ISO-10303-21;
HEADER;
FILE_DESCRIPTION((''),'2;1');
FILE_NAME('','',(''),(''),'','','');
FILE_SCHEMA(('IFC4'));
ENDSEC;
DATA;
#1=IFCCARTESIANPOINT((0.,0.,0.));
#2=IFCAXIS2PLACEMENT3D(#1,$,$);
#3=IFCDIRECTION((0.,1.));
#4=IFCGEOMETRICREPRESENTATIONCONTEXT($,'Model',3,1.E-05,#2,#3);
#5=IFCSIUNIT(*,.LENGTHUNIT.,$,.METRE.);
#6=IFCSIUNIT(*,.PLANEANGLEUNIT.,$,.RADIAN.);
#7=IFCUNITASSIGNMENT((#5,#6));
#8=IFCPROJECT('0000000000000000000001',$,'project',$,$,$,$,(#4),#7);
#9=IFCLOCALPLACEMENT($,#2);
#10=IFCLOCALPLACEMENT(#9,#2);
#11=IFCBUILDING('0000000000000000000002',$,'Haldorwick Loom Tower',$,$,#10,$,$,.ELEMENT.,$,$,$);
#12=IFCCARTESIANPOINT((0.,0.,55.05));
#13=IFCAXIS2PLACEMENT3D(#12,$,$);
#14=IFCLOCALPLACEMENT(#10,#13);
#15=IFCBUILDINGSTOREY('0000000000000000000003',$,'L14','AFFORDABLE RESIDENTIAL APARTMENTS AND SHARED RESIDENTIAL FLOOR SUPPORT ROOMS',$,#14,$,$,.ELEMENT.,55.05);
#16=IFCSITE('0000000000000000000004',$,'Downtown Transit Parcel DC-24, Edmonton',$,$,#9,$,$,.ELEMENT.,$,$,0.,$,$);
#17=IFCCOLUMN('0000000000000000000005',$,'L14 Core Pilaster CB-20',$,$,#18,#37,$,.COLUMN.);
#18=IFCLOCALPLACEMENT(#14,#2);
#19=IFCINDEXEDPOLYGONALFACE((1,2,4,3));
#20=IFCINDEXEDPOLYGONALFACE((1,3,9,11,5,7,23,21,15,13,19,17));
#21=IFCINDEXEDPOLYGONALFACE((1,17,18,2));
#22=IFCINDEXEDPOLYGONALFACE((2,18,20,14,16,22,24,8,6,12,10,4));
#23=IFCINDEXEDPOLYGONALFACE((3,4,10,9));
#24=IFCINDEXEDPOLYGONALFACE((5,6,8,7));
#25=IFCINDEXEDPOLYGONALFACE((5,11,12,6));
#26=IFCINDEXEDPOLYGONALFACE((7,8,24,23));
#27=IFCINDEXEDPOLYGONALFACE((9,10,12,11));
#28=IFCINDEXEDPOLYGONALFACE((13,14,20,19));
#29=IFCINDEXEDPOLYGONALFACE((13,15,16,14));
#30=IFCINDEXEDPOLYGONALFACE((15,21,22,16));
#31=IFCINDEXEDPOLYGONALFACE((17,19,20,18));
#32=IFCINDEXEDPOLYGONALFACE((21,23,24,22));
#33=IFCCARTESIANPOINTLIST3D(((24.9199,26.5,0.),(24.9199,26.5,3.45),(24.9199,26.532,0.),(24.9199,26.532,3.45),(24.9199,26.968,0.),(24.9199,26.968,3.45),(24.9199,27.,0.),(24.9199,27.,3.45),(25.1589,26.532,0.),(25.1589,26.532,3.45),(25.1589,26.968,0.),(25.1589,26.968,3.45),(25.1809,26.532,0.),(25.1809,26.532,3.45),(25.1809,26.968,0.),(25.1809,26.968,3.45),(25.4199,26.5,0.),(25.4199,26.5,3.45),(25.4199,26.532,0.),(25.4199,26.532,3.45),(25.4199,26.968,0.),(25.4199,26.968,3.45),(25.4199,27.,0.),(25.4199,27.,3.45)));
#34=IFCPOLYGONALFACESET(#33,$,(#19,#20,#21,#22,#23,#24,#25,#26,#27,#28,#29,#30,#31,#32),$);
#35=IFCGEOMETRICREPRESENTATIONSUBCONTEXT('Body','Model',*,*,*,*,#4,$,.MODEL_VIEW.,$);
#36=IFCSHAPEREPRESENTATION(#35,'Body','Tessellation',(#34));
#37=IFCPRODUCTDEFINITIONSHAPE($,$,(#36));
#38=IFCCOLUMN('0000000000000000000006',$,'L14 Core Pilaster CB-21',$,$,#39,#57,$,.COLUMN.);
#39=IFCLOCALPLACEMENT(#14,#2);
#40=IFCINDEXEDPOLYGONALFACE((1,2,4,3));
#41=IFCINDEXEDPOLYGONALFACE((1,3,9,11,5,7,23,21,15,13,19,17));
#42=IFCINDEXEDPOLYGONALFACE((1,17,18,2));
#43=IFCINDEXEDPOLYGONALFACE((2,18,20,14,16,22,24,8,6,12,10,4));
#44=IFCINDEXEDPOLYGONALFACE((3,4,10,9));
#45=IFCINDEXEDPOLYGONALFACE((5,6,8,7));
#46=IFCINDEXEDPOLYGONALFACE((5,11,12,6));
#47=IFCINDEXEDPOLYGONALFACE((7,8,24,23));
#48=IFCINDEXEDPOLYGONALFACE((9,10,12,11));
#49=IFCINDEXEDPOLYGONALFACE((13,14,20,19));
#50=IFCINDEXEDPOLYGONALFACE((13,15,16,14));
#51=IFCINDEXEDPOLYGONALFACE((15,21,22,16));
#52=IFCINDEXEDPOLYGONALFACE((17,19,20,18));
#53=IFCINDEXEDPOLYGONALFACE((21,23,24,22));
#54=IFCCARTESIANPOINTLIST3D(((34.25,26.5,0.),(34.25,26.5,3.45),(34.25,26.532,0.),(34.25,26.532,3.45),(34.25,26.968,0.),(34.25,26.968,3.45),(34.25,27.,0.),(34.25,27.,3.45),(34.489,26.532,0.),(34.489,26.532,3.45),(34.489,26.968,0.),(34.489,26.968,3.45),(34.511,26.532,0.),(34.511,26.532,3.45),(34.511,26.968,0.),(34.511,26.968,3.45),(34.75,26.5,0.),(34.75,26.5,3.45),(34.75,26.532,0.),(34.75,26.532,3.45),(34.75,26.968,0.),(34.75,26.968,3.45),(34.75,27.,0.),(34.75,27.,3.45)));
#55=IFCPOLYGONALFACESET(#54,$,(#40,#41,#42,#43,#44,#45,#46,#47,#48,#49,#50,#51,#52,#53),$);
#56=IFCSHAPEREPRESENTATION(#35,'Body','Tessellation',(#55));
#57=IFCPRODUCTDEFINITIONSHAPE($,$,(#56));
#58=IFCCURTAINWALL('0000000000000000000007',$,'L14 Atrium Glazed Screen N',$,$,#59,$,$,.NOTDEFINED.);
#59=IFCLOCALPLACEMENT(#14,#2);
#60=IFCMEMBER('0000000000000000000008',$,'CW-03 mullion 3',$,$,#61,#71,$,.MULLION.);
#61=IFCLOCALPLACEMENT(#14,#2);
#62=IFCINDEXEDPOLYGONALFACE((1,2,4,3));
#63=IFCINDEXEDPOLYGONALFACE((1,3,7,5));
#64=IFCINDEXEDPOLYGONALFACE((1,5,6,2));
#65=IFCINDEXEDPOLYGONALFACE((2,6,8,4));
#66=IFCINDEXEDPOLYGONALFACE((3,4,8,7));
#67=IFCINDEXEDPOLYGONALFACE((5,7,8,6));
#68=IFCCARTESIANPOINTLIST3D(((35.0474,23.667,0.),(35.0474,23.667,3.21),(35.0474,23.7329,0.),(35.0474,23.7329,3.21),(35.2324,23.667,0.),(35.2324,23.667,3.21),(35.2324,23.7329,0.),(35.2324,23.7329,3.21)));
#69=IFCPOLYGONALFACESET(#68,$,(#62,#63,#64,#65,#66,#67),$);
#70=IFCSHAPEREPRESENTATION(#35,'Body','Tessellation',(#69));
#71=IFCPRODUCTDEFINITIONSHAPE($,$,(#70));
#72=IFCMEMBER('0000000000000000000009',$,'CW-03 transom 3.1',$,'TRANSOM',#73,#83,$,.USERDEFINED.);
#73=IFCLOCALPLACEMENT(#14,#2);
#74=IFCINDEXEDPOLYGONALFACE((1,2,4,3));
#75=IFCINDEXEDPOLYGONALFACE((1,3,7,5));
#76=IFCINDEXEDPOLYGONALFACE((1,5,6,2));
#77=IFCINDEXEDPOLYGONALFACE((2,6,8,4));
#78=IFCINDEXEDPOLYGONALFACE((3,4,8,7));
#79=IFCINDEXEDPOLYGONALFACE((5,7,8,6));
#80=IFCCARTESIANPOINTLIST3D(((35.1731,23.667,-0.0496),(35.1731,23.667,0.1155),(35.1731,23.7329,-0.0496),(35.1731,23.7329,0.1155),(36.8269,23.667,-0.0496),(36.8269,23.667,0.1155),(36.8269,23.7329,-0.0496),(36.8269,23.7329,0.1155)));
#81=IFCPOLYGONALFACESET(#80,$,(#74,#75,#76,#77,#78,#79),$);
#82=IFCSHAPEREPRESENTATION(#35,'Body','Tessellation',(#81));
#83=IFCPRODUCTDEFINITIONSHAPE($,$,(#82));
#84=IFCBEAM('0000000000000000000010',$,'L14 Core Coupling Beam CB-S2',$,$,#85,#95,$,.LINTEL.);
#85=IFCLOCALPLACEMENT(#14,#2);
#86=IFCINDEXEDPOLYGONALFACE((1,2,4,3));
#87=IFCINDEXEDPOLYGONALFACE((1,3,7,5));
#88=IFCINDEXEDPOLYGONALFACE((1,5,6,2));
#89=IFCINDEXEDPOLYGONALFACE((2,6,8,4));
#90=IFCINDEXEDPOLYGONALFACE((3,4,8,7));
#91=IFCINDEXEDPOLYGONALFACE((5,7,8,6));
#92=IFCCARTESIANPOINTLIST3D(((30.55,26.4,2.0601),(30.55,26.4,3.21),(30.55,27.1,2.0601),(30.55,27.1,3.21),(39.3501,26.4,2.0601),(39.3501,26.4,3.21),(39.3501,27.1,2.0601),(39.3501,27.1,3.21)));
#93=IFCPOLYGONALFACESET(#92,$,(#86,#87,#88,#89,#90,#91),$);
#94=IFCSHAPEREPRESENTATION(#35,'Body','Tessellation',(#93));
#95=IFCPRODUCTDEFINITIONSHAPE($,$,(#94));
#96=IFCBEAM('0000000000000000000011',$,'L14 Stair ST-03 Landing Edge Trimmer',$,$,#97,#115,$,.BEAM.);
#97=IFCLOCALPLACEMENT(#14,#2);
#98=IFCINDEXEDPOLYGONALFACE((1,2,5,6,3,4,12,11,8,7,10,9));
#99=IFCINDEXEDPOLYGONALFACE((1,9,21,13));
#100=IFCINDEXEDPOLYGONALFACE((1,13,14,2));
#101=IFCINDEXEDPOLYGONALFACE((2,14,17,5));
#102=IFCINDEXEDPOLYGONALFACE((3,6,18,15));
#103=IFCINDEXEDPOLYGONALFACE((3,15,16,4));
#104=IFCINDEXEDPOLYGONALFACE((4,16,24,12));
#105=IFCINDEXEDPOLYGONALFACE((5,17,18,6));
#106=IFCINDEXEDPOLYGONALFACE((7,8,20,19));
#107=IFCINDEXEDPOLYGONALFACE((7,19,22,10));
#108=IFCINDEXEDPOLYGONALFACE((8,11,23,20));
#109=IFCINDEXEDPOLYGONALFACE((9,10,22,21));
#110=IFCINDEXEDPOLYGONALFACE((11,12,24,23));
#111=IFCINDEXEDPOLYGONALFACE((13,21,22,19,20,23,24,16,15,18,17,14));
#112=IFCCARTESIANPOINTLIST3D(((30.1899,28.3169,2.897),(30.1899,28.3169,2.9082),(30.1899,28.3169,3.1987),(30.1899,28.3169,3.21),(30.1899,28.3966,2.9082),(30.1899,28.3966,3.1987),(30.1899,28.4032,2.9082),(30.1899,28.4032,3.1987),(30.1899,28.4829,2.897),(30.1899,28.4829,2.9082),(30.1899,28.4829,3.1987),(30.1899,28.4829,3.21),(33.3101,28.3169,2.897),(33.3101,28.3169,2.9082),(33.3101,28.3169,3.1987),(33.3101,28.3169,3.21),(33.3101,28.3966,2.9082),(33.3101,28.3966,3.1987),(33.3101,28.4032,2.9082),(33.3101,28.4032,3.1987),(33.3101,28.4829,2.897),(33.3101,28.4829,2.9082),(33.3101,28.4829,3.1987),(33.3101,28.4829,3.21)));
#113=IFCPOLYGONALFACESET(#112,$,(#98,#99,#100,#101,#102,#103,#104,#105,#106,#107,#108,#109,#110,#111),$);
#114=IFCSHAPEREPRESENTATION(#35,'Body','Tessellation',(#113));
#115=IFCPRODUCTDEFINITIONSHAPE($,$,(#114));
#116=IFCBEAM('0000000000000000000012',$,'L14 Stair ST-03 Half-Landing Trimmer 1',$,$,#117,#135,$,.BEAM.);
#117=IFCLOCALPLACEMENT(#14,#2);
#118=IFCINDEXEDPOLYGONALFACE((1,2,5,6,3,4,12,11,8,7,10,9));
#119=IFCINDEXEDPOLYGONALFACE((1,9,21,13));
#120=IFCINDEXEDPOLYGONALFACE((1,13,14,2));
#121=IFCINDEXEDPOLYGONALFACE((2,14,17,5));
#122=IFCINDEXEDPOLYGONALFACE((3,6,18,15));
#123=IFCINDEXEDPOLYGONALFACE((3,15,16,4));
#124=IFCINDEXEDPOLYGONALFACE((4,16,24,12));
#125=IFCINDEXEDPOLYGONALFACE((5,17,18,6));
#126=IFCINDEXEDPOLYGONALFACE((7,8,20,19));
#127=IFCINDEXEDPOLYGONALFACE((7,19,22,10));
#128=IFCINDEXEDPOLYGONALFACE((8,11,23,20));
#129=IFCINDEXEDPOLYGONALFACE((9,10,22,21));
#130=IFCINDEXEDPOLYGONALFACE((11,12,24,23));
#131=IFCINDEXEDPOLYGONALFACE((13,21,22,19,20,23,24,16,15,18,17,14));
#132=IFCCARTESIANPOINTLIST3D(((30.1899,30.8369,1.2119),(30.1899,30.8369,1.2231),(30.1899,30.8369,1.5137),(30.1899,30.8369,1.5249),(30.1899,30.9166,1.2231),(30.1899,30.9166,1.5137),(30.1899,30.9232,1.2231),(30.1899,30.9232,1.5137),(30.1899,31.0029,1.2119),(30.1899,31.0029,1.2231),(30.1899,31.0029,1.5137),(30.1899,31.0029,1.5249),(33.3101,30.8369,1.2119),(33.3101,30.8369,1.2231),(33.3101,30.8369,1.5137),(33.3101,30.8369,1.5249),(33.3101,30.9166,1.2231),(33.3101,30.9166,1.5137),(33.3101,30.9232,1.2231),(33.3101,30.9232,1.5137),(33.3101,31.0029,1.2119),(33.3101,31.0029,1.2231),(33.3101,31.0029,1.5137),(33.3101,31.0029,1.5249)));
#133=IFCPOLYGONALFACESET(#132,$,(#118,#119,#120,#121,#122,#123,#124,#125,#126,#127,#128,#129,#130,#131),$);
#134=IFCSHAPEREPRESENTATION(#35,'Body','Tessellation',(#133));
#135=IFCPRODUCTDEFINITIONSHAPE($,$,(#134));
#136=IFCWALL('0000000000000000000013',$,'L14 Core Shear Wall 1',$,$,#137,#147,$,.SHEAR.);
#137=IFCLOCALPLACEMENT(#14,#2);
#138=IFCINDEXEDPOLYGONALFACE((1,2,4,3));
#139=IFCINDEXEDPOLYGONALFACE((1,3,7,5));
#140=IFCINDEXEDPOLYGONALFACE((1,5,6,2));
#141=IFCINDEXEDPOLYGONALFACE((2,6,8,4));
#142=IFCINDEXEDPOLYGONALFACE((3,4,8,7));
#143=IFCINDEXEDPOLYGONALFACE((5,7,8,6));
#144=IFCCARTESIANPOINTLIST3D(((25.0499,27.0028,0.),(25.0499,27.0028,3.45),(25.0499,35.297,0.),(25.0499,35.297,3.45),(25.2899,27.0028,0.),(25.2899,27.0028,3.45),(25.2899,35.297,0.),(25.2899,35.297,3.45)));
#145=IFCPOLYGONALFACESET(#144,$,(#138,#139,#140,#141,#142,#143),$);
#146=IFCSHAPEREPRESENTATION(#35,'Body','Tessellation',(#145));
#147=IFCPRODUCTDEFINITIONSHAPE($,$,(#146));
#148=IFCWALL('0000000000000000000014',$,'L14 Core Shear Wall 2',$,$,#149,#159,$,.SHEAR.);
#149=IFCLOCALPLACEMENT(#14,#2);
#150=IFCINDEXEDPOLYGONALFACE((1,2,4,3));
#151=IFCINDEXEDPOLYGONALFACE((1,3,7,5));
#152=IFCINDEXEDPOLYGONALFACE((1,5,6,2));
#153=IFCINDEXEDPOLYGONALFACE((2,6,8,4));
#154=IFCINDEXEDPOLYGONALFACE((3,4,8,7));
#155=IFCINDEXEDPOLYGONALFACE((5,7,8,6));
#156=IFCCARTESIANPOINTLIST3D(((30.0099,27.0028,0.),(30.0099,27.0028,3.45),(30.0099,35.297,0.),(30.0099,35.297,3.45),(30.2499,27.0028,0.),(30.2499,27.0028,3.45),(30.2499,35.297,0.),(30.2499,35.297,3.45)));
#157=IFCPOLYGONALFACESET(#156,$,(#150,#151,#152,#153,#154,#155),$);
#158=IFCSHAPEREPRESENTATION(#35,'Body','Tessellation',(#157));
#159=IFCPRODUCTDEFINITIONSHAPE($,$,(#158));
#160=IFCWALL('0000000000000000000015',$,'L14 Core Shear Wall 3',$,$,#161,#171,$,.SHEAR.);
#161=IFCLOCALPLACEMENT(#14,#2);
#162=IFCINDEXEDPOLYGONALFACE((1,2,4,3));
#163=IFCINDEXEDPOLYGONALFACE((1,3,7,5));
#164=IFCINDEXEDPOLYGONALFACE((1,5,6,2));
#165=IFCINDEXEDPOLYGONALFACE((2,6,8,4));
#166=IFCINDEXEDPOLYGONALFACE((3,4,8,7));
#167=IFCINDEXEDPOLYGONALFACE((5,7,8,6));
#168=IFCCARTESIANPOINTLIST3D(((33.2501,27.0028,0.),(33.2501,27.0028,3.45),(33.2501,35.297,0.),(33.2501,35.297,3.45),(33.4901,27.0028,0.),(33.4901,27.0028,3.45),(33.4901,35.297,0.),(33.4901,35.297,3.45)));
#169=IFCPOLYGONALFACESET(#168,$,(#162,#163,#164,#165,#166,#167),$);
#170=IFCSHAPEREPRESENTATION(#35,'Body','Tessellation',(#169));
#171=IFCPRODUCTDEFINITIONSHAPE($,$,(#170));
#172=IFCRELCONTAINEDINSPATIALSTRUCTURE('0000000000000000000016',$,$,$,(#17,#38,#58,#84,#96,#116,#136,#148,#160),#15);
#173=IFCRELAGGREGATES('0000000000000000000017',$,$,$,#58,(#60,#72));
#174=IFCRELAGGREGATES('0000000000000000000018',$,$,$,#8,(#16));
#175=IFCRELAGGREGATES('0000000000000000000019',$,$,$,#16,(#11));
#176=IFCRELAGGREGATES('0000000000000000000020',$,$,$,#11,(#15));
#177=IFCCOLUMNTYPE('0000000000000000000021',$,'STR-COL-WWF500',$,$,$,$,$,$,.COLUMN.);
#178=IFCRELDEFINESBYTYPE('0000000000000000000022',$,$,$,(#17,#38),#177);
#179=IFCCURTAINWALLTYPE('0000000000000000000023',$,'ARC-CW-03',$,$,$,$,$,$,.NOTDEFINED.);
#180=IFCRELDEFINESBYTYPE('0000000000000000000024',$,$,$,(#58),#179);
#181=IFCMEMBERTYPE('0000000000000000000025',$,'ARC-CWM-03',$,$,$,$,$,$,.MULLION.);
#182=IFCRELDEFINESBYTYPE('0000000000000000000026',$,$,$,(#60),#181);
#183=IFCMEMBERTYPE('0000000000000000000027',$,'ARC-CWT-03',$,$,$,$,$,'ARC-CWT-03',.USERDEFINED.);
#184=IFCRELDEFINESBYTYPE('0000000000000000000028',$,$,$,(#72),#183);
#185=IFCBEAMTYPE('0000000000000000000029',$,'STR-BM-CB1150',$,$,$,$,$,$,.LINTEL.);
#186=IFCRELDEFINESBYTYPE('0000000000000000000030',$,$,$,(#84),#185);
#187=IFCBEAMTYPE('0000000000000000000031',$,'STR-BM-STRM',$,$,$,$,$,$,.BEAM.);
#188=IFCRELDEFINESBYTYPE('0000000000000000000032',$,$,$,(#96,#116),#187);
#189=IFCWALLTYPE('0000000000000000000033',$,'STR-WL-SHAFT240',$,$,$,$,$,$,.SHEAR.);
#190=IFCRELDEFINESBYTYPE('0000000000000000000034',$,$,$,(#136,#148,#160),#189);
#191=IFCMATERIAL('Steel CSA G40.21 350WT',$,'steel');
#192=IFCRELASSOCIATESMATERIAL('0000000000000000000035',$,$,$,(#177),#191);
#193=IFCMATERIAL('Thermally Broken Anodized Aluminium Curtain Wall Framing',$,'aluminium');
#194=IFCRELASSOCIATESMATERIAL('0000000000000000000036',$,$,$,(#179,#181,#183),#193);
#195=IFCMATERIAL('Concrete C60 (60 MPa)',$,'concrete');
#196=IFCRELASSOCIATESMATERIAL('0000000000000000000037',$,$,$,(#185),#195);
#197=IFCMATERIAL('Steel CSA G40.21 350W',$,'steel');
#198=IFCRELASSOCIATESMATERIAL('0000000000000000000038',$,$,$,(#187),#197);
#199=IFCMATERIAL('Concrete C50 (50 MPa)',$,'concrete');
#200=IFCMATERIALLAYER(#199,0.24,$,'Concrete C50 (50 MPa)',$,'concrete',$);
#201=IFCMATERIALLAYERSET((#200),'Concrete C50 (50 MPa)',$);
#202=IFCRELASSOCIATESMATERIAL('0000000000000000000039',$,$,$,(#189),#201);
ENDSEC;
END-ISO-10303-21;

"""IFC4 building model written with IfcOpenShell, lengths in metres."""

from ifc_helpers import new_model, si_unit, direction, frame, frame_2d, origin, origin_2d, place, context, subcontext, project, spatial, rectangle, i_section, extrude, material, layer, layer_set, material_profile, profile_set, type_object, element, aggregate, save


model = new_model("IFC4")

# Units and contexts
model_context = context("Model", 3, precision=1e-05, world=origin(), true_north=direction((0.0, 1.0)))
body_context = subcontext(model_context, "Body", "Model", "MODEL_VIEW")
ifc_project = project(units=[si_unit("LENGTHUNIT", "METRE"), si_unit("PLANEANGLEUNIT", "RADIAN")], contexts=[model_context])

# Site, building, storey
site_placement = place(None, origin())
site = spatial("IfcSite", under=ifc_project, at=site_placement, Name="Downtown Transit Parcel DC-24, Edmonton", CompositionType="ELEMENT", RefElevation=0.0)
building_placement = place(site_placement, origin())
building = spatial("IfcBuilding", under=site, at=building_placement, Name="Haldorwick Loom Tower", CompositionType="ELEMENT")
storey_placement = place(building_placement, frame((0.0, 0.0, 55.05)))
storey = spatial("IfcBuildingStorey", under=building, at=storey_placement, Name="L14", Description="AFFORDABLE RESIDENTIAL APARTMENTS AND SHARED RESIDENTIAL FLOOR SUPPORT ROOMS", CompositionType="ELEMENT", Elevation=55.05)

# Columns
ifc_material_1 = material(Name="Steel CSA G40.21 350WT", Category="steel")
ifc_material_profile_1 = material_profile(ifc_material_1, i_section(OverallWidth=0.5, OverallDepth=0.5, WebThickness=0.022, FlangeThickness=0.032, at=origin_2d()), Name="WWF500X500", Category="steel")
ifc_profile_set_1 = profile_set([ifc_material_profile_1], Name="Steel CSA G40.21 350WT")
column_type = type_object("IfcColumnType", Name="STR-COL-WWF500", PredefinedType="COLUMN", material=ifc_profile_set_1)
for number, where, z_axis, x_axis, name in (
    (1, (25.1699, 26.75, 0.0), (0.0, 0.0, 1.0), (1.0, 0.0, 0.0), "L14 Core Pilaster CB-20"),
    (2, (34.5, 26.75, 0.0), (0.0, 0.0, 1.0), (1.0, 0.0, 0.0), "L14 Core Pilaster CB-21"),
):
    element("IfcColumn", number, at=place(storey_placement, frame(where, z_axis=z_axis, x_axis=x_axis)), inside=storey, type_object=column_type, Name=name, PredefinedType="COLUMN", context=body_context, shape_type="SweptSolid", body=[
        extrude(i_section(OverallWidth=0.5, OverallDepth=0.5, WebThickness=0.022, FlangeThickness=0.032, at=origin_2d()), origin(), (0.0, 0.0, 1.0), 3.45),
    ])

# Curtain wall, members
ifc_material_2 = material(Name="Thermally Broken Anodized Aluminium Curtain Wall Framing", Category="aluminium")
curtain_wall_type = type_object("IfcCurtainWallType", Name="ARC-CW-03", PredefinedType="NOTDEFINED", material=ifc_material_2)
curtain_wall_placement = place(storey_placement, origin())
curtain_wall = element("IfcCurtainWall", 3, at=curtain_wall_placement, inside=storey, type_object=curtain_wall_type, Name="L14 Atrium Glazed Screen N", PredefinedType="NOTDEFINED")
ifc_material_profile_2 = material_profile(ifc_material_2, rectangle(XDim=0.0659, YDim=0.1851, at=origin_2d()), Name="ALU_MUL_66X185", Category="aluminium")
ifc_profile_set_2 = profile_set([ifc_material_profile_2], Name="Thermally Broken Anodized Aluminium Curtain Wall Framing")
member_type_1 = type_object("IfcMemberType", Name="ARC-CWM-03", PredefinedType="MULLION", material=ifc_profile_set_2)
member_1_placement = place(storey_placement, frame((35.1399, 23.7, 0.0), z_axis=(0.0, 0.0, 1.0), x_axis=(0.0, 1.0, 0.0)))
member_1 = element("IfcMember", 4, at=member_1_placement, type_object=member_type_1, Name="CW-03 mullion 3", PredefinedType="MULLION", context=body_context, shape_type="SweptSolid", body=[
    extrude(rectangle(XDim=0.0659, YDim=0.1851, at=origin_2d()), origin(), (0.0, 0.0, 1.0), 3.21),
])
ifc_material_profile_3 = material_profile(ifc_material_2, rectangle(XDim=0.0659, YDim=0.165, at=origin_2d()), Name="ALU_TRN_66X165", Category="aluminium")
ifc_profile_set_3 = profile_set([ifc_material_profile_3], Name="Thermally Broken Anodized Aluminium Curtain Wall Framing")
member_type_2 = type_object("IfcMemberType", Name="ARC-CWT-03", ElementType="ARC-CWT-03", PredefinedType="USERDEFINED", material=ifc_profile_set_3)
member_2_placement = place(storey_placement, frame((35.1731, 23.7, 0.033), z_axis=(1.0, 0.0, 0.0), x_axis=(0.0, 1.0, 0.0)))
member_2 = element("IfcMember", 5, at=member_2_placement, type_object=member_type_2, Name="CW-03 transom 3.1", ObjectType="TRANSOM", PredefinedType="USERDEFINED", context=body_context, shape_type="SweptSolid", body=[
    extrude(rectangle(XDim=0.0659, YDim=0.165, at=origin_2d()), origin(), (0.0, 0.0, 1.0), 1.6538),
])
aggregate(curtain_wall, [member_1, member_2])

# Beams
ifc_material_3 = material(Name="Concrete C60 (60 MPa)", Category="concrete")
ifc_material_profile_4 = material_profile(ifc_material_3, rectangle(XDim=0.7, YDim=1.1499, at=origin_2d()), Name="RC700X1150", Category="concrete")
ifc_profile_set_4 = profile_set([ifc_material_profile_4], Name="Concrete C60 (60 MPa)")
beam_type_1 = type_object("IfcBeamType", Name="STR-BM-CB1150", PredefinedType="LINTEL", material=ifc_profile_set_4)
beam_placement = place(storey_placement, frame((30.55, 26.75, 2.635), z_axis=(1.0, 0.0, 0.0), x_axis=(0.0, 1.0, 0.0)))
element("IfcBeam", 6, at=beam_placement, inside=storey, type_object=beam_type_1, Name="L14 Core Coupling Beam CB-S2", PredefinedType="LINTEL", context=body_context, shape_type="SweptSolid", body=[
    extrude(rectangle(XDim=0.7, YDim=1.1499, at=origin_2d()), origin(), (0.0, 0.0, 1.0), 8.8),
])
ifc_material_4 = material(Name="Steel CSA G40.21 350W", Category="steel")
ifc_material_profile_5 = material_profile(ifc_material_4, i_section(OverallWidth=0.166, OverallDepth=0.313, WebThickness=0.0066, FlangeThickness=0.0112, at=origin_2d()), Name="W310X45", Category="steel")
ifc_profile_set_5 = profile_set([ifc_material_profile_5], Name="Steel CSA G40.21 350W")
beam_type_2 = type_object("IfcBeamType", Name="STR-BM-STRM", PredefinedType="BEAM", material=ifc_profile_set_5)
for number, where, z_axis, x_axis, name in (
    (7, (30.1899, 28.3999, 3.0535), (1.0, 0.0, 0.0), (0.0, 1.0, 0.0), "L14 Stair ST-03 Landing Edge Trimmer"),
    (8, (30.1899, 30.9199, 1.3684), (1.0, 0.0, 0.0), (0.0, 1.0, 0.0), "L14 Stair ST-03 Half-Landing Trimmer 1"),
):
    element("IfcBeam", number, at=place(storey_placement, frame(where, z_axis=z_axis, x_axis=x_axis)), inside=storey, type_object=beam_type_2, Name=name, PredefinedType="BEAM", context=body_context, shape_type="SweptSolid", body=[
        extrude(i_section(OverallWidth=0.166, OverallDepth=0.313, WebThickness=0.0066, FlangeThickness=0.0112, at=origin_2d()), origin(), (0.0, 0.0, 1.0), 3.1201),
    ])

# Walls
ifc_material_5 = material(Name="Concrete C50 (50 MPa)", Category="concrete")
ifc_layer = layer(ifc_material_5, 0.24, Name="Concrete C50 (50 MPa)", Category="concrete")
ifc_layer_set = layer_set([ifc_layer], Name="Concrete C50 (50 MPa)")
wall_type = type_object("IfcWallType", Name="STR-WL-SHAFT240", PredefinedType="SHEAR", material=ifc_layer_set)
for number, where, z_axis, x_axis, name in (
    (9, (25.1699, 27.0029, 0.0), (0.0, 0.0, 1.0), (0.0, 1.0, 0.0), "L14 Core Shear Wall 1"),
    (10, (30.1299, 27.0029, 0.0), (0.0, 0.0, 1.0), (0.0, 1.0, 0.0), "L14 Core Shear Wall 2"),
    (11, (33.3701, 27.0029, 0.0), (0.0, 0.0, 1.0), (0.0, 1.0, 0.0), "L14 Core Shear Wall 3"),
):
    element("IfcWall", number, at=place(storey_placement, frame(where, z_axis=z_axis, x_axis=x_axis)), inside=storey, type_object=wall_type, Name=name, PredefinedType="SHEAR", context=body_context, shape_type="SweptSolid", body=[
        extrude(rectangle(XDim=8.2942, YDim=0.24, at=frame_2d((4.147, 0.0))), origin(), (0.0, 0.0, 1.0), 3.45),
    ])

save(model, "model.ifc")
